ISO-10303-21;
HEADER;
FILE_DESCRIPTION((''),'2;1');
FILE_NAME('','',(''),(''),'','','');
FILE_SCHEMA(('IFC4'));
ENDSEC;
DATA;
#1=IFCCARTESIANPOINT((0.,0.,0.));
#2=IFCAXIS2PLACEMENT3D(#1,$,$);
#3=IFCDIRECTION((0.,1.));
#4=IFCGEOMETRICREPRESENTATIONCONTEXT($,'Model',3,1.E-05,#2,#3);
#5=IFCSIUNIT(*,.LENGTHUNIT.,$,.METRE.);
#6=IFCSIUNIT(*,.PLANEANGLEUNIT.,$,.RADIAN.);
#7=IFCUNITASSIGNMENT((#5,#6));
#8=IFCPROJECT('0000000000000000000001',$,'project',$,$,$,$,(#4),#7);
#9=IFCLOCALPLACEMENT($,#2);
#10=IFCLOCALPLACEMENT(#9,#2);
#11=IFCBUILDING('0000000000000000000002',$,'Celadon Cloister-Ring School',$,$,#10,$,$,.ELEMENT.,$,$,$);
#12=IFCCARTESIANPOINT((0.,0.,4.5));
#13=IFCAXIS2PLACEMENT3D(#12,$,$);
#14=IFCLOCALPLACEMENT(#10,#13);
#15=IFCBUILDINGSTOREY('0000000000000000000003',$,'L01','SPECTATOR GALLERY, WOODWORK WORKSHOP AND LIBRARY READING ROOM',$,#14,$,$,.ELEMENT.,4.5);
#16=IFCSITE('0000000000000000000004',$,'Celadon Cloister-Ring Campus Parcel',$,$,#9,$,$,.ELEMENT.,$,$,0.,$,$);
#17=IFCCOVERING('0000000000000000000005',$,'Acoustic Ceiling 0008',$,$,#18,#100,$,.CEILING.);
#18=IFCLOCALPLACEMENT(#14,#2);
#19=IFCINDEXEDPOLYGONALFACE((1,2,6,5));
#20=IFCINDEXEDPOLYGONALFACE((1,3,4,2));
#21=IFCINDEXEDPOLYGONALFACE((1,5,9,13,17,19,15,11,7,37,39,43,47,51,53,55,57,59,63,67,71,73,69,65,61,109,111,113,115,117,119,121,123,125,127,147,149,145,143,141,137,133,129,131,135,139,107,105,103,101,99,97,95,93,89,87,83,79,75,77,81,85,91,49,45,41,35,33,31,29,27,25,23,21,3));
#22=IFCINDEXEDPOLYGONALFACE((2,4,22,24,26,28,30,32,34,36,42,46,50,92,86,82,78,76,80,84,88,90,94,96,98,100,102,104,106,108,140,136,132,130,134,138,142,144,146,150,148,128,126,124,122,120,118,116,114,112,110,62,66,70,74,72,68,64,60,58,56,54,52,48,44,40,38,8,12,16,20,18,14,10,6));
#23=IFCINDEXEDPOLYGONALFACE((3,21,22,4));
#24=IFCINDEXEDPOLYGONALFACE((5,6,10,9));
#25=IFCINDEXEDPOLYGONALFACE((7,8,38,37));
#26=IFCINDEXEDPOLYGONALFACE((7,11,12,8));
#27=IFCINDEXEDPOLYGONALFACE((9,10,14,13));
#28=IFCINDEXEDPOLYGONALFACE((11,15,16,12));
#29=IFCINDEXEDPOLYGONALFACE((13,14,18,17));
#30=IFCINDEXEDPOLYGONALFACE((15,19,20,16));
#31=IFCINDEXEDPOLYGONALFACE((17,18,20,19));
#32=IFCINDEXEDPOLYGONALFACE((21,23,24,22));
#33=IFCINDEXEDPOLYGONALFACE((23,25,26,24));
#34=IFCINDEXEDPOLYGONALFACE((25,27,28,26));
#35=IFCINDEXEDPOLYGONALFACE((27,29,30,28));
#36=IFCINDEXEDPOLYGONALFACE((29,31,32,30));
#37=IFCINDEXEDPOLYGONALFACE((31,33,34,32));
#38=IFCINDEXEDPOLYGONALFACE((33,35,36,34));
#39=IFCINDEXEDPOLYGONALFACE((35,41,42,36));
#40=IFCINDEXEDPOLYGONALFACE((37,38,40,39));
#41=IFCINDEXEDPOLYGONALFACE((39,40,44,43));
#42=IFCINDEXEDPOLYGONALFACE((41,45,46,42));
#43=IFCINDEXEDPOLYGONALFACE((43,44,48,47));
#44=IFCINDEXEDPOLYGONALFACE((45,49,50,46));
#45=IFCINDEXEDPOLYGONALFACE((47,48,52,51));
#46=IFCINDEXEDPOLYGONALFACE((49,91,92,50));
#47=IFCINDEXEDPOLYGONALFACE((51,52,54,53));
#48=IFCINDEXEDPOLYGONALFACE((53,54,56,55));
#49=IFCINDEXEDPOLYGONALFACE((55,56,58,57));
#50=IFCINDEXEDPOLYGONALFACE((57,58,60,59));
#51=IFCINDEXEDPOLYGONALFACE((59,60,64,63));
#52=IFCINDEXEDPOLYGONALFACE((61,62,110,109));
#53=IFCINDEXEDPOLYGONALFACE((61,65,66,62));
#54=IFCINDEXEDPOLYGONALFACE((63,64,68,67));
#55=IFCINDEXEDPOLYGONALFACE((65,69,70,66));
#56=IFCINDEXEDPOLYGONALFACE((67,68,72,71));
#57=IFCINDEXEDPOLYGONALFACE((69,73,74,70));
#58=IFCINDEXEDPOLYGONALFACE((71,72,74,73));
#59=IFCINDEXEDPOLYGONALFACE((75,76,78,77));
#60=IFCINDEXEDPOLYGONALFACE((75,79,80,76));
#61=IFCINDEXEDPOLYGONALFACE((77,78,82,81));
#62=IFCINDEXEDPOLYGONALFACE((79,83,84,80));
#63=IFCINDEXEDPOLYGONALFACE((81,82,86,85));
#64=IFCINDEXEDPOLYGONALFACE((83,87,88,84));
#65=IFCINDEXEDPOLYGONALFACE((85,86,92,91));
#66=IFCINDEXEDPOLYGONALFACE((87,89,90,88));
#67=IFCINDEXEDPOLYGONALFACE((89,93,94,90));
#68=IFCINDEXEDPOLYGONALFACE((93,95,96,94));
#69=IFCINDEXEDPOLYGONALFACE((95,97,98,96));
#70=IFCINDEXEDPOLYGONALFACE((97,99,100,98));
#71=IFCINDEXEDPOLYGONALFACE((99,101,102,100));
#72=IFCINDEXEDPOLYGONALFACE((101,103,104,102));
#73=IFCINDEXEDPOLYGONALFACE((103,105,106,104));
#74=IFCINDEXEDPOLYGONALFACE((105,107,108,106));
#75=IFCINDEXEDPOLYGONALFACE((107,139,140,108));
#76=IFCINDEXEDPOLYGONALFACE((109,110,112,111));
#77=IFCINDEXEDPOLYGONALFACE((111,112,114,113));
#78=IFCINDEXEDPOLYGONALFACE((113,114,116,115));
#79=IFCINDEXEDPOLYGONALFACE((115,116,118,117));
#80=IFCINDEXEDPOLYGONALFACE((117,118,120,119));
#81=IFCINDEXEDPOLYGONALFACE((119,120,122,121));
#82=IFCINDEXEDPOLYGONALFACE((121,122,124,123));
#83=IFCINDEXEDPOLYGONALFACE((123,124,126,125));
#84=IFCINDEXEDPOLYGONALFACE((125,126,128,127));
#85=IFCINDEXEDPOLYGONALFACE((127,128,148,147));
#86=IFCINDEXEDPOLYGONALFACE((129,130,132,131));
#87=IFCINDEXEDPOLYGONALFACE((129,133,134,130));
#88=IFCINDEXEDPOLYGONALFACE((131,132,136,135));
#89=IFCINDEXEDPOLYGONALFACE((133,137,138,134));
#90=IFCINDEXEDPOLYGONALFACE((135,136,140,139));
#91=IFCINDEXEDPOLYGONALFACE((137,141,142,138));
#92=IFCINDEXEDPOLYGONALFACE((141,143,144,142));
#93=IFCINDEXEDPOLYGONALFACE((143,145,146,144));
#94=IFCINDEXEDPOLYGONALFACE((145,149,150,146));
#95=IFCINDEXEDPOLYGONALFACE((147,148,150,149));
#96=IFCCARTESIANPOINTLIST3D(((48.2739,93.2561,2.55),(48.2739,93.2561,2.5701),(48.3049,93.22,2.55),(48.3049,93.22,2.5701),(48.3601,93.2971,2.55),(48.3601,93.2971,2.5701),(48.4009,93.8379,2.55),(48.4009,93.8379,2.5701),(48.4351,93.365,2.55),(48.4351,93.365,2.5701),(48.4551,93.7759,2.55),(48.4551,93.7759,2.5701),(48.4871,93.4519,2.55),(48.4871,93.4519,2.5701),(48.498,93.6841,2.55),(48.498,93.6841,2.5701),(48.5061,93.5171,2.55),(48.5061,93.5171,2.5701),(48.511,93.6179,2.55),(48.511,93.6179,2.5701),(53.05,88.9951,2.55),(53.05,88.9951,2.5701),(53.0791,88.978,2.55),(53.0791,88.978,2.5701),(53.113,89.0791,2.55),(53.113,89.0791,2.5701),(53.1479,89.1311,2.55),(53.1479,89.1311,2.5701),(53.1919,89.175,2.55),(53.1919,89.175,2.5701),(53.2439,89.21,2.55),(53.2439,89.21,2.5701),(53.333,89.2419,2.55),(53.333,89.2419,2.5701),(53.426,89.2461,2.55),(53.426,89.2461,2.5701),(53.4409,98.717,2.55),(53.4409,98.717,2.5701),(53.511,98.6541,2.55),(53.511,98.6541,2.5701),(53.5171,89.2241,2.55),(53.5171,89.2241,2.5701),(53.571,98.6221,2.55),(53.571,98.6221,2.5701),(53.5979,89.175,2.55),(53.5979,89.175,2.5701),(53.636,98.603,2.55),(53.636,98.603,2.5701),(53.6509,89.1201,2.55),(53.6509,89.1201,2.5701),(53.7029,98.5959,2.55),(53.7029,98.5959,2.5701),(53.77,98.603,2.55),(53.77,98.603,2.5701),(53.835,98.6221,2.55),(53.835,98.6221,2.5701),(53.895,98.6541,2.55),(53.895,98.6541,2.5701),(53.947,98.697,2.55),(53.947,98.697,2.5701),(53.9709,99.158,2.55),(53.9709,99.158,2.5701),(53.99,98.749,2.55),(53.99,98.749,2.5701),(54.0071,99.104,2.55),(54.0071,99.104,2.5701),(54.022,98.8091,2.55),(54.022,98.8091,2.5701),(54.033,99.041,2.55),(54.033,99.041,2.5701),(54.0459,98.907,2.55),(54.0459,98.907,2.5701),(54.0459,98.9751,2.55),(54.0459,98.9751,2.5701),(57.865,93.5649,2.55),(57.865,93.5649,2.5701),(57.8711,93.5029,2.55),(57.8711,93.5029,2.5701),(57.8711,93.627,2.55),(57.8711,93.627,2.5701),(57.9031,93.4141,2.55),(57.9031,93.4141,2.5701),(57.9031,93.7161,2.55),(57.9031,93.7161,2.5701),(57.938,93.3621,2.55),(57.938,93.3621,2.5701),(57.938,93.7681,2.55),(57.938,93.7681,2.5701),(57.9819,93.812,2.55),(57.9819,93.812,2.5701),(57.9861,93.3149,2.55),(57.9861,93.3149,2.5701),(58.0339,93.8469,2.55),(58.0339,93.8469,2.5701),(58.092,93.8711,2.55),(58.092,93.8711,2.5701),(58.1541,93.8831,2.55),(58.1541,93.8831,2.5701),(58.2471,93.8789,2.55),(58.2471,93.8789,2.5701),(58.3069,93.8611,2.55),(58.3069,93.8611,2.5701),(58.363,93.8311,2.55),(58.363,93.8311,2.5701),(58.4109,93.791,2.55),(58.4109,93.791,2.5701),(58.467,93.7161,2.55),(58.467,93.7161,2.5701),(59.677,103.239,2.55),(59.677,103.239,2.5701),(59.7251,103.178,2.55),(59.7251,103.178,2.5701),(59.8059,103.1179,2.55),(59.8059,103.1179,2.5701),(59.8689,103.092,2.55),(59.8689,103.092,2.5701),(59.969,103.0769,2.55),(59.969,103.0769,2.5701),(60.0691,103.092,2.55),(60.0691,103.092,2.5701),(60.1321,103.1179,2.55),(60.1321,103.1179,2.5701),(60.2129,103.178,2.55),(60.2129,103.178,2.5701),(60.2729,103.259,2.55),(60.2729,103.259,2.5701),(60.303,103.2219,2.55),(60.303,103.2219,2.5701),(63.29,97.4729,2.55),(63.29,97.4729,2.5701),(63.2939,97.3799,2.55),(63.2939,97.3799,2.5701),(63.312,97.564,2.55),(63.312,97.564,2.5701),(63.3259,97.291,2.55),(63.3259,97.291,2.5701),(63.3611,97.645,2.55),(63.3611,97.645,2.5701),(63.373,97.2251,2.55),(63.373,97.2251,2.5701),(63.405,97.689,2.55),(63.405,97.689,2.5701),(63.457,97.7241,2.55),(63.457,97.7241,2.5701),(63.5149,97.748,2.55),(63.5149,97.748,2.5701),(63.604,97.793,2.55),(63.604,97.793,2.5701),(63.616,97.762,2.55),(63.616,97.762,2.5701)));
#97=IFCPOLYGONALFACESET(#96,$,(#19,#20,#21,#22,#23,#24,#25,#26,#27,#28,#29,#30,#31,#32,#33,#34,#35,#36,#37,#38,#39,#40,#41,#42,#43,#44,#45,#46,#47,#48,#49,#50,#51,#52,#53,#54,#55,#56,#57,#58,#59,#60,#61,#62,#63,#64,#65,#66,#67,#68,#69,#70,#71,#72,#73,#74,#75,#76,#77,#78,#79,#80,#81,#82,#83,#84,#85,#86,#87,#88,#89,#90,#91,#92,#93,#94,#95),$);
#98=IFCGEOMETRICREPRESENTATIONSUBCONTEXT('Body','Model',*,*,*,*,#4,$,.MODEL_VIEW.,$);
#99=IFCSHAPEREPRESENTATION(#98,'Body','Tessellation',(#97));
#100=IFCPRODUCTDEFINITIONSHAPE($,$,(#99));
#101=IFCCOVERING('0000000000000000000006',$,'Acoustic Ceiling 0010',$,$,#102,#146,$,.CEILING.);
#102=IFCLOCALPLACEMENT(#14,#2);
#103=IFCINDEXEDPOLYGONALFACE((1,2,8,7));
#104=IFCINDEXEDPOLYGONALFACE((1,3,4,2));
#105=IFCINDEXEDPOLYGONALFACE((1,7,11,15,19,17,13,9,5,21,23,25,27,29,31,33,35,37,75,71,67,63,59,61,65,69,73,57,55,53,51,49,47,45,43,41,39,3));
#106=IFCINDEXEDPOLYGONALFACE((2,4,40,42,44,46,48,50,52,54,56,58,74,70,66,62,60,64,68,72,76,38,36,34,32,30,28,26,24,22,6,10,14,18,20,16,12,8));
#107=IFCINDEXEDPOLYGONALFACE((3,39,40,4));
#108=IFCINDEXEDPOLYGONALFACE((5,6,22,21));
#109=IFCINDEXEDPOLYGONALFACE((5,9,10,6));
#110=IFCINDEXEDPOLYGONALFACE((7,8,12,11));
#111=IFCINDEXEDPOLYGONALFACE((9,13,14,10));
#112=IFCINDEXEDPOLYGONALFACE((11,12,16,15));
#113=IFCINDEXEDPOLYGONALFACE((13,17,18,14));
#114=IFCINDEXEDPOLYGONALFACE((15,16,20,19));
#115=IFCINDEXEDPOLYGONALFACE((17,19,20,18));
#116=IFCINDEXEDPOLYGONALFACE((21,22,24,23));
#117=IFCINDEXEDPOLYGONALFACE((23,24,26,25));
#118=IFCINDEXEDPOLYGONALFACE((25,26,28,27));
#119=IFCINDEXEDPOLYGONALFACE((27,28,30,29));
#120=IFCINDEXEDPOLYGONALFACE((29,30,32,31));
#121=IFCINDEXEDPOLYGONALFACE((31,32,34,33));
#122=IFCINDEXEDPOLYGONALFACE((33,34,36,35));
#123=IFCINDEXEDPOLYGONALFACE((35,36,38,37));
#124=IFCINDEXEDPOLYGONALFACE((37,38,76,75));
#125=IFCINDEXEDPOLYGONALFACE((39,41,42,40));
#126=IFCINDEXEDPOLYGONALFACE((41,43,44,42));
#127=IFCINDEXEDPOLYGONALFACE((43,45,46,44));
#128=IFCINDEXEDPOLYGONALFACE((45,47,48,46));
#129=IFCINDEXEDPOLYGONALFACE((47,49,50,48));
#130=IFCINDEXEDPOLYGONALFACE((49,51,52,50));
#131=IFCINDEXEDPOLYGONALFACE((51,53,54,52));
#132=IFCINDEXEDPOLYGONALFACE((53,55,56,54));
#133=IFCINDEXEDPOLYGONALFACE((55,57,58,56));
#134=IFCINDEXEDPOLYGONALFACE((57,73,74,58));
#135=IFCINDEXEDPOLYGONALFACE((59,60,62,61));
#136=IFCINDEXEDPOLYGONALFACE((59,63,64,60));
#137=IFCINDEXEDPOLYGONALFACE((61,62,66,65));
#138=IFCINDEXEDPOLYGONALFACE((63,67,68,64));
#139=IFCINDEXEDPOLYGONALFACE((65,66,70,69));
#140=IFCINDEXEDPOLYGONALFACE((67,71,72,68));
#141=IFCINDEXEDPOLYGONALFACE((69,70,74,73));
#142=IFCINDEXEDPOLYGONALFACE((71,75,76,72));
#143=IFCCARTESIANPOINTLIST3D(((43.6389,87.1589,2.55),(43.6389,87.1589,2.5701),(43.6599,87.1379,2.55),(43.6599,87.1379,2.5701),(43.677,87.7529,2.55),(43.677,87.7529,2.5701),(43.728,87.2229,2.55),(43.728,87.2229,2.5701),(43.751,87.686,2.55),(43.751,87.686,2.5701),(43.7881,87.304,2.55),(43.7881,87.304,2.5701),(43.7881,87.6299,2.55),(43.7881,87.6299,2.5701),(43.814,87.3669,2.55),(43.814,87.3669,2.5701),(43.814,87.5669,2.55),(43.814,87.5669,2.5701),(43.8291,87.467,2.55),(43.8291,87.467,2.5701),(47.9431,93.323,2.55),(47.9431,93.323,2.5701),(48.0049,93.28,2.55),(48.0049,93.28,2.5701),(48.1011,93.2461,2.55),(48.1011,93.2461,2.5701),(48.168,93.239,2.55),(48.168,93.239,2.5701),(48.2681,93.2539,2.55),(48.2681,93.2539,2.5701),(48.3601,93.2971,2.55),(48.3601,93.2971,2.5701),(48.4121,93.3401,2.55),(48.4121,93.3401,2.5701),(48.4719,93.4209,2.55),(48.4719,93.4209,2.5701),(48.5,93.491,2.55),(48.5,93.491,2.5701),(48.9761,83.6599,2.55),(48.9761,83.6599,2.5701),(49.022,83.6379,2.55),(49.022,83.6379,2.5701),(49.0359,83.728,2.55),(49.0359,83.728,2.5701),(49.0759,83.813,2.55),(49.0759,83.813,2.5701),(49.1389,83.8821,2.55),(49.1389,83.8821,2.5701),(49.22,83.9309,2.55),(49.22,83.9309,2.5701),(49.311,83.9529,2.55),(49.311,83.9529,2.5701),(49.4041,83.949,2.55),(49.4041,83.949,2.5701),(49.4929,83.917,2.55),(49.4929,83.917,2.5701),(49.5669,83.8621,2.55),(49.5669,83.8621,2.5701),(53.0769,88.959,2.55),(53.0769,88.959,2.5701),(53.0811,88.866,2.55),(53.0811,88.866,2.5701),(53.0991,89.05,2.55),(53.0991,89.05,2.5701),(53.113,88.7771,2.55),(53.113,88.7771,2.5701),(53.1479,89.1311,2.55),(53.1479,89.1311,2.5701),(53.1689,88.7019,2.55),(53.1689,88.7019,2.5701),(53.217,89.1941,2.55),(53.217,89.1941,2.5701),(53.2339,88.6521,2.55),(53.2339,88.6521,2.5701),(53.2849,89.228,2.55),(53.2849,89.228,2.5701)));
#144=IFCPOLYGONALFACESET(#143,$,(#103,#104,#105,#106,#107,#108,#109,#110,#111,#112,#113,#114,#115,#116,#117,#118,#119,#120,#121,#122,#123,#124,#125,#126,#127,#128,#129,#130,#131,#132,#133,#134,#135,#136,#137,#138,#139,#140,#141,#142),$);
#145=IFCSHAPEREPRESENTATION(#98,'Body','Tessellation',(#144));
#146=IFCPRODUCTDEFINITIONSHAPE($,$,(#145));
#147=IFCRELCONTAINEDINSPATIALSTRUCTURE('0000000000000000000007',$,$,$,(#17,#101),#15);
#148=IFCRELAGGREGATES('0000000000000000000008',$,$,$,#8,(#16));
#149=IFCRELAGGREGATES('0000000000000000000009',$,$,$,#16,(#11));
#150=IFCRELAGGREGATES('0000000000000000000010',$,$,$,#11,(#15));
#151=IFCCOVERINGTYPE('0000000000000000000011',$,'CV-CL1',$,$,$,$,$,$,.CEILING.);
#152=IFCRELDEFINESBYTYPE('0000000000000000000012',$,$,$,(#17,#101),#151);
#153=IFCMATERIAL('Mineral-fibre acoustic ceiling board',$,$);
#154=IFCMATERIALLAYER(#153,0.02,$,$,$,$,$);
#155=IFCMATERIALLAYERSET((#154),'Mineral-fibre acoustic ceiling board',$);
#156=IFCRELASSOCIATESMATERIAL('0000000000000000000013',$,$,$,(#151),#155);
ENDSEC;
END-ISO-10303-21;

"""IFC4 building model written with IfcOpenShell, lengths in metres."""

from ifc_helpers import new_model, si_unit, direction, frame, origin, place, context, subcontext, project, spatial, polyline, outline, extrude, material, layer, layer_set, type_object, element, save


model = new_model("IFC4")

# Units and contexts
model_context = context("Model", 3, precision=1e-05, world=origin(), true_north=direction((0.0, 1.0)))
body_context = subcontext(model_context, "Body", "Model", "MODEL_VIEW")
ifc_project = project(units=[si_unit("LENGTHUNIT", "METRE"), si_unit("PLANEANGLEUNIT", "RADIAN")], contexts=[model_context])

# Site, building, storey
site_placement = place(None, origin())
site = spatial("IfcSite", under=ifc_project, at=site_placement, Name="Celadon Cloister-Ring Campus Parcel", CompositionType="ELEMENT", RefElevation=0.0)
building_placement = place(site_placement, origin())
building = spatial("IfcBuilding", under=site, at=building_placement, Name="Celadon Cloister-Ring School", CompositionType="ELEMENT")
storey_placement = place(building_placement, frame((0.0, 0.0, 4.5)))
storey = spatial("IfcBuildingStorey", under=building, at=storey_placement, Name="L01", Description="SPECTATOR GALLERY, WOODWORK WORKSHOP AND LIBRARY READING ROOM", CompositionType="ELEMENT", Elevation=4.5)

# Coverings
ifc_material_1 = material(Name="Mineral-fibre acoustic ceiling board")
ifc_layer_1 = layer(ifc_material_1, 0.02)
ifc_layer_set_1 = layer_set([ifc_layer_1], Name="Mineral-fibre acoustic ceiling board")
covering_type_1 = type_object("IfcCoveringType", Name="CV-CL1", PredefinedType="CEILING", material=ifc_layer_set_1)
covering_1_placement = place(storey_placement, frame((0.0, 0.0, 2.55)))
element("IfcCovering", 1, at=covering_1_placement, inside=storey, type_object=covering_type_1, Name="Acoustic Ceiling 0008", PredefinedType="CEILING", context=body_context, shape_type="SweptSolid", body=[
    extrude(outline(polyline([(53.6509, 89.1201), (53.5979, 89.175), (53.5171, 89.2241), (53.426, 89.2461), (53.333, 89.2419), (53.2439, 89.21), (53.1919, 89.175), (53.1479, 89.1311), (53.113, 89.0791), (53.0791, 88.978), (53.05, 88.9951), (48.3049, 93.22), (48.2739, 93.2561), (48.3601, 93.2971), (48.4351, 93.365), (48.4871, 93.4519), (48.5061, 93.5171), (48.511, 93.6179), (48.498, 93.6841), (48.4551, 93.7759), (48.4009, 93.8379), (53.4409, 98.717), (53.511, 98.6541), (53.571, 98.6221), (53.636, 98.603), (53.7029, 98.5959), (53.77, 98.603), (53.835, 98.6221), (53.895, 98.6541), (53.947, 98.697), (53.99, 98.749), (54.022, 98.8091), (54.0459, 98.907), (54.0459, 98.9751), (54.033, 99.041), (54.0071, 99.104), (53.9709, 99.158), (59.677, 103.239), (59.7251, 103.178), (59.8059, 103.1179), (59.8689, 103.092), (59.969, 103.0769), (60.0691, 103.092), (60.1321, 103.1179), (60.2129, 103.178), (60.2729, 103.259), (60.303, 103.2219), (63.604, 97.793), (63.616, 97.762), (63.5149, 97.748), (63.457, 97.7241), (63.405, 97.689), (63.3611, 97.645), (63.312, 97.564), (63.29, 97.4729), (63.2939, 97.3799), (63.3259, 97.291), (63.373, 97.2251), (58.467, 93.7161), (58.4109, 93.791), (58.363, 93.8311), (58.3069, 93.8611), (58.2471, 93.8789), (58.1541, 93.8831), (58.092, 93.8711), (58.0339, 93.8469), (57.9819, 93.812), (57.938, 93.7681), (57.9031, 93.7161), (57.8711, 93.627), (57.865, 93.5649), (57.8711, 93.5029), (57.9031, 93.4141), (57.938, 93.3621), (57.9861, 93.3149), (53.6509, 89.1201)])), origin(), (0.0, 0.0, 1.0), 0.02),
])
covering_2_placement = place(storey_placement, frame((0.0, 0.0, 2.55)))
element("IfcCovering", 2, at=covering_2_placement, inside=storey, type_object=covering_type_1, Name="Acoustic Ceiling 0010", PredefinedType="CEILING", context=body_context, shape_type="SweptSolid", body=[
    extrude(outline(polyline([(43.6599, 87.1379), (43.6389, 87.1589), (43.728, 87.2229), (43.7881, 87.304), (43.814, 87.3669), (43.8291, 87.467), (43.814, 87.5669), (43.7881, 87.6299), (43.751, 87.686), (43.677, 87.7529), (47.9431, 93.323), (48.0049, 93.28), (48.1011, 93.2461), (48.168, 93.239), (48.2681, 93.2539), (48.3601, 93.2971), (48.4121, 93.3401), (48.4719, 93.4209), (48.5, 93.491), (53.2849, 89.228), (53.217, 89.1941), (53.1479, 89.1311), (53.0991, 89.05), (53.0769, 88.959), (53.0811, 88.866), (53.113, 88.7771), (53.1689, 88.7019), (53.2339, 88.6521), (49.5669, 83.8621), (49.4929, 83.917), (49.4041, 83.949), (49.311, 83.9529), (49.22, 83.9309), (49.1389, 83.8821), (49.0759, 83.813), (49.0359, 83.728), (49.022, 83.6379), (48.9761, 83.6599), (43.6599, 87.1379)])), origin(), (0.0, 0.0, 1.0), 0.02),
])

save(model, "model.ifc")
